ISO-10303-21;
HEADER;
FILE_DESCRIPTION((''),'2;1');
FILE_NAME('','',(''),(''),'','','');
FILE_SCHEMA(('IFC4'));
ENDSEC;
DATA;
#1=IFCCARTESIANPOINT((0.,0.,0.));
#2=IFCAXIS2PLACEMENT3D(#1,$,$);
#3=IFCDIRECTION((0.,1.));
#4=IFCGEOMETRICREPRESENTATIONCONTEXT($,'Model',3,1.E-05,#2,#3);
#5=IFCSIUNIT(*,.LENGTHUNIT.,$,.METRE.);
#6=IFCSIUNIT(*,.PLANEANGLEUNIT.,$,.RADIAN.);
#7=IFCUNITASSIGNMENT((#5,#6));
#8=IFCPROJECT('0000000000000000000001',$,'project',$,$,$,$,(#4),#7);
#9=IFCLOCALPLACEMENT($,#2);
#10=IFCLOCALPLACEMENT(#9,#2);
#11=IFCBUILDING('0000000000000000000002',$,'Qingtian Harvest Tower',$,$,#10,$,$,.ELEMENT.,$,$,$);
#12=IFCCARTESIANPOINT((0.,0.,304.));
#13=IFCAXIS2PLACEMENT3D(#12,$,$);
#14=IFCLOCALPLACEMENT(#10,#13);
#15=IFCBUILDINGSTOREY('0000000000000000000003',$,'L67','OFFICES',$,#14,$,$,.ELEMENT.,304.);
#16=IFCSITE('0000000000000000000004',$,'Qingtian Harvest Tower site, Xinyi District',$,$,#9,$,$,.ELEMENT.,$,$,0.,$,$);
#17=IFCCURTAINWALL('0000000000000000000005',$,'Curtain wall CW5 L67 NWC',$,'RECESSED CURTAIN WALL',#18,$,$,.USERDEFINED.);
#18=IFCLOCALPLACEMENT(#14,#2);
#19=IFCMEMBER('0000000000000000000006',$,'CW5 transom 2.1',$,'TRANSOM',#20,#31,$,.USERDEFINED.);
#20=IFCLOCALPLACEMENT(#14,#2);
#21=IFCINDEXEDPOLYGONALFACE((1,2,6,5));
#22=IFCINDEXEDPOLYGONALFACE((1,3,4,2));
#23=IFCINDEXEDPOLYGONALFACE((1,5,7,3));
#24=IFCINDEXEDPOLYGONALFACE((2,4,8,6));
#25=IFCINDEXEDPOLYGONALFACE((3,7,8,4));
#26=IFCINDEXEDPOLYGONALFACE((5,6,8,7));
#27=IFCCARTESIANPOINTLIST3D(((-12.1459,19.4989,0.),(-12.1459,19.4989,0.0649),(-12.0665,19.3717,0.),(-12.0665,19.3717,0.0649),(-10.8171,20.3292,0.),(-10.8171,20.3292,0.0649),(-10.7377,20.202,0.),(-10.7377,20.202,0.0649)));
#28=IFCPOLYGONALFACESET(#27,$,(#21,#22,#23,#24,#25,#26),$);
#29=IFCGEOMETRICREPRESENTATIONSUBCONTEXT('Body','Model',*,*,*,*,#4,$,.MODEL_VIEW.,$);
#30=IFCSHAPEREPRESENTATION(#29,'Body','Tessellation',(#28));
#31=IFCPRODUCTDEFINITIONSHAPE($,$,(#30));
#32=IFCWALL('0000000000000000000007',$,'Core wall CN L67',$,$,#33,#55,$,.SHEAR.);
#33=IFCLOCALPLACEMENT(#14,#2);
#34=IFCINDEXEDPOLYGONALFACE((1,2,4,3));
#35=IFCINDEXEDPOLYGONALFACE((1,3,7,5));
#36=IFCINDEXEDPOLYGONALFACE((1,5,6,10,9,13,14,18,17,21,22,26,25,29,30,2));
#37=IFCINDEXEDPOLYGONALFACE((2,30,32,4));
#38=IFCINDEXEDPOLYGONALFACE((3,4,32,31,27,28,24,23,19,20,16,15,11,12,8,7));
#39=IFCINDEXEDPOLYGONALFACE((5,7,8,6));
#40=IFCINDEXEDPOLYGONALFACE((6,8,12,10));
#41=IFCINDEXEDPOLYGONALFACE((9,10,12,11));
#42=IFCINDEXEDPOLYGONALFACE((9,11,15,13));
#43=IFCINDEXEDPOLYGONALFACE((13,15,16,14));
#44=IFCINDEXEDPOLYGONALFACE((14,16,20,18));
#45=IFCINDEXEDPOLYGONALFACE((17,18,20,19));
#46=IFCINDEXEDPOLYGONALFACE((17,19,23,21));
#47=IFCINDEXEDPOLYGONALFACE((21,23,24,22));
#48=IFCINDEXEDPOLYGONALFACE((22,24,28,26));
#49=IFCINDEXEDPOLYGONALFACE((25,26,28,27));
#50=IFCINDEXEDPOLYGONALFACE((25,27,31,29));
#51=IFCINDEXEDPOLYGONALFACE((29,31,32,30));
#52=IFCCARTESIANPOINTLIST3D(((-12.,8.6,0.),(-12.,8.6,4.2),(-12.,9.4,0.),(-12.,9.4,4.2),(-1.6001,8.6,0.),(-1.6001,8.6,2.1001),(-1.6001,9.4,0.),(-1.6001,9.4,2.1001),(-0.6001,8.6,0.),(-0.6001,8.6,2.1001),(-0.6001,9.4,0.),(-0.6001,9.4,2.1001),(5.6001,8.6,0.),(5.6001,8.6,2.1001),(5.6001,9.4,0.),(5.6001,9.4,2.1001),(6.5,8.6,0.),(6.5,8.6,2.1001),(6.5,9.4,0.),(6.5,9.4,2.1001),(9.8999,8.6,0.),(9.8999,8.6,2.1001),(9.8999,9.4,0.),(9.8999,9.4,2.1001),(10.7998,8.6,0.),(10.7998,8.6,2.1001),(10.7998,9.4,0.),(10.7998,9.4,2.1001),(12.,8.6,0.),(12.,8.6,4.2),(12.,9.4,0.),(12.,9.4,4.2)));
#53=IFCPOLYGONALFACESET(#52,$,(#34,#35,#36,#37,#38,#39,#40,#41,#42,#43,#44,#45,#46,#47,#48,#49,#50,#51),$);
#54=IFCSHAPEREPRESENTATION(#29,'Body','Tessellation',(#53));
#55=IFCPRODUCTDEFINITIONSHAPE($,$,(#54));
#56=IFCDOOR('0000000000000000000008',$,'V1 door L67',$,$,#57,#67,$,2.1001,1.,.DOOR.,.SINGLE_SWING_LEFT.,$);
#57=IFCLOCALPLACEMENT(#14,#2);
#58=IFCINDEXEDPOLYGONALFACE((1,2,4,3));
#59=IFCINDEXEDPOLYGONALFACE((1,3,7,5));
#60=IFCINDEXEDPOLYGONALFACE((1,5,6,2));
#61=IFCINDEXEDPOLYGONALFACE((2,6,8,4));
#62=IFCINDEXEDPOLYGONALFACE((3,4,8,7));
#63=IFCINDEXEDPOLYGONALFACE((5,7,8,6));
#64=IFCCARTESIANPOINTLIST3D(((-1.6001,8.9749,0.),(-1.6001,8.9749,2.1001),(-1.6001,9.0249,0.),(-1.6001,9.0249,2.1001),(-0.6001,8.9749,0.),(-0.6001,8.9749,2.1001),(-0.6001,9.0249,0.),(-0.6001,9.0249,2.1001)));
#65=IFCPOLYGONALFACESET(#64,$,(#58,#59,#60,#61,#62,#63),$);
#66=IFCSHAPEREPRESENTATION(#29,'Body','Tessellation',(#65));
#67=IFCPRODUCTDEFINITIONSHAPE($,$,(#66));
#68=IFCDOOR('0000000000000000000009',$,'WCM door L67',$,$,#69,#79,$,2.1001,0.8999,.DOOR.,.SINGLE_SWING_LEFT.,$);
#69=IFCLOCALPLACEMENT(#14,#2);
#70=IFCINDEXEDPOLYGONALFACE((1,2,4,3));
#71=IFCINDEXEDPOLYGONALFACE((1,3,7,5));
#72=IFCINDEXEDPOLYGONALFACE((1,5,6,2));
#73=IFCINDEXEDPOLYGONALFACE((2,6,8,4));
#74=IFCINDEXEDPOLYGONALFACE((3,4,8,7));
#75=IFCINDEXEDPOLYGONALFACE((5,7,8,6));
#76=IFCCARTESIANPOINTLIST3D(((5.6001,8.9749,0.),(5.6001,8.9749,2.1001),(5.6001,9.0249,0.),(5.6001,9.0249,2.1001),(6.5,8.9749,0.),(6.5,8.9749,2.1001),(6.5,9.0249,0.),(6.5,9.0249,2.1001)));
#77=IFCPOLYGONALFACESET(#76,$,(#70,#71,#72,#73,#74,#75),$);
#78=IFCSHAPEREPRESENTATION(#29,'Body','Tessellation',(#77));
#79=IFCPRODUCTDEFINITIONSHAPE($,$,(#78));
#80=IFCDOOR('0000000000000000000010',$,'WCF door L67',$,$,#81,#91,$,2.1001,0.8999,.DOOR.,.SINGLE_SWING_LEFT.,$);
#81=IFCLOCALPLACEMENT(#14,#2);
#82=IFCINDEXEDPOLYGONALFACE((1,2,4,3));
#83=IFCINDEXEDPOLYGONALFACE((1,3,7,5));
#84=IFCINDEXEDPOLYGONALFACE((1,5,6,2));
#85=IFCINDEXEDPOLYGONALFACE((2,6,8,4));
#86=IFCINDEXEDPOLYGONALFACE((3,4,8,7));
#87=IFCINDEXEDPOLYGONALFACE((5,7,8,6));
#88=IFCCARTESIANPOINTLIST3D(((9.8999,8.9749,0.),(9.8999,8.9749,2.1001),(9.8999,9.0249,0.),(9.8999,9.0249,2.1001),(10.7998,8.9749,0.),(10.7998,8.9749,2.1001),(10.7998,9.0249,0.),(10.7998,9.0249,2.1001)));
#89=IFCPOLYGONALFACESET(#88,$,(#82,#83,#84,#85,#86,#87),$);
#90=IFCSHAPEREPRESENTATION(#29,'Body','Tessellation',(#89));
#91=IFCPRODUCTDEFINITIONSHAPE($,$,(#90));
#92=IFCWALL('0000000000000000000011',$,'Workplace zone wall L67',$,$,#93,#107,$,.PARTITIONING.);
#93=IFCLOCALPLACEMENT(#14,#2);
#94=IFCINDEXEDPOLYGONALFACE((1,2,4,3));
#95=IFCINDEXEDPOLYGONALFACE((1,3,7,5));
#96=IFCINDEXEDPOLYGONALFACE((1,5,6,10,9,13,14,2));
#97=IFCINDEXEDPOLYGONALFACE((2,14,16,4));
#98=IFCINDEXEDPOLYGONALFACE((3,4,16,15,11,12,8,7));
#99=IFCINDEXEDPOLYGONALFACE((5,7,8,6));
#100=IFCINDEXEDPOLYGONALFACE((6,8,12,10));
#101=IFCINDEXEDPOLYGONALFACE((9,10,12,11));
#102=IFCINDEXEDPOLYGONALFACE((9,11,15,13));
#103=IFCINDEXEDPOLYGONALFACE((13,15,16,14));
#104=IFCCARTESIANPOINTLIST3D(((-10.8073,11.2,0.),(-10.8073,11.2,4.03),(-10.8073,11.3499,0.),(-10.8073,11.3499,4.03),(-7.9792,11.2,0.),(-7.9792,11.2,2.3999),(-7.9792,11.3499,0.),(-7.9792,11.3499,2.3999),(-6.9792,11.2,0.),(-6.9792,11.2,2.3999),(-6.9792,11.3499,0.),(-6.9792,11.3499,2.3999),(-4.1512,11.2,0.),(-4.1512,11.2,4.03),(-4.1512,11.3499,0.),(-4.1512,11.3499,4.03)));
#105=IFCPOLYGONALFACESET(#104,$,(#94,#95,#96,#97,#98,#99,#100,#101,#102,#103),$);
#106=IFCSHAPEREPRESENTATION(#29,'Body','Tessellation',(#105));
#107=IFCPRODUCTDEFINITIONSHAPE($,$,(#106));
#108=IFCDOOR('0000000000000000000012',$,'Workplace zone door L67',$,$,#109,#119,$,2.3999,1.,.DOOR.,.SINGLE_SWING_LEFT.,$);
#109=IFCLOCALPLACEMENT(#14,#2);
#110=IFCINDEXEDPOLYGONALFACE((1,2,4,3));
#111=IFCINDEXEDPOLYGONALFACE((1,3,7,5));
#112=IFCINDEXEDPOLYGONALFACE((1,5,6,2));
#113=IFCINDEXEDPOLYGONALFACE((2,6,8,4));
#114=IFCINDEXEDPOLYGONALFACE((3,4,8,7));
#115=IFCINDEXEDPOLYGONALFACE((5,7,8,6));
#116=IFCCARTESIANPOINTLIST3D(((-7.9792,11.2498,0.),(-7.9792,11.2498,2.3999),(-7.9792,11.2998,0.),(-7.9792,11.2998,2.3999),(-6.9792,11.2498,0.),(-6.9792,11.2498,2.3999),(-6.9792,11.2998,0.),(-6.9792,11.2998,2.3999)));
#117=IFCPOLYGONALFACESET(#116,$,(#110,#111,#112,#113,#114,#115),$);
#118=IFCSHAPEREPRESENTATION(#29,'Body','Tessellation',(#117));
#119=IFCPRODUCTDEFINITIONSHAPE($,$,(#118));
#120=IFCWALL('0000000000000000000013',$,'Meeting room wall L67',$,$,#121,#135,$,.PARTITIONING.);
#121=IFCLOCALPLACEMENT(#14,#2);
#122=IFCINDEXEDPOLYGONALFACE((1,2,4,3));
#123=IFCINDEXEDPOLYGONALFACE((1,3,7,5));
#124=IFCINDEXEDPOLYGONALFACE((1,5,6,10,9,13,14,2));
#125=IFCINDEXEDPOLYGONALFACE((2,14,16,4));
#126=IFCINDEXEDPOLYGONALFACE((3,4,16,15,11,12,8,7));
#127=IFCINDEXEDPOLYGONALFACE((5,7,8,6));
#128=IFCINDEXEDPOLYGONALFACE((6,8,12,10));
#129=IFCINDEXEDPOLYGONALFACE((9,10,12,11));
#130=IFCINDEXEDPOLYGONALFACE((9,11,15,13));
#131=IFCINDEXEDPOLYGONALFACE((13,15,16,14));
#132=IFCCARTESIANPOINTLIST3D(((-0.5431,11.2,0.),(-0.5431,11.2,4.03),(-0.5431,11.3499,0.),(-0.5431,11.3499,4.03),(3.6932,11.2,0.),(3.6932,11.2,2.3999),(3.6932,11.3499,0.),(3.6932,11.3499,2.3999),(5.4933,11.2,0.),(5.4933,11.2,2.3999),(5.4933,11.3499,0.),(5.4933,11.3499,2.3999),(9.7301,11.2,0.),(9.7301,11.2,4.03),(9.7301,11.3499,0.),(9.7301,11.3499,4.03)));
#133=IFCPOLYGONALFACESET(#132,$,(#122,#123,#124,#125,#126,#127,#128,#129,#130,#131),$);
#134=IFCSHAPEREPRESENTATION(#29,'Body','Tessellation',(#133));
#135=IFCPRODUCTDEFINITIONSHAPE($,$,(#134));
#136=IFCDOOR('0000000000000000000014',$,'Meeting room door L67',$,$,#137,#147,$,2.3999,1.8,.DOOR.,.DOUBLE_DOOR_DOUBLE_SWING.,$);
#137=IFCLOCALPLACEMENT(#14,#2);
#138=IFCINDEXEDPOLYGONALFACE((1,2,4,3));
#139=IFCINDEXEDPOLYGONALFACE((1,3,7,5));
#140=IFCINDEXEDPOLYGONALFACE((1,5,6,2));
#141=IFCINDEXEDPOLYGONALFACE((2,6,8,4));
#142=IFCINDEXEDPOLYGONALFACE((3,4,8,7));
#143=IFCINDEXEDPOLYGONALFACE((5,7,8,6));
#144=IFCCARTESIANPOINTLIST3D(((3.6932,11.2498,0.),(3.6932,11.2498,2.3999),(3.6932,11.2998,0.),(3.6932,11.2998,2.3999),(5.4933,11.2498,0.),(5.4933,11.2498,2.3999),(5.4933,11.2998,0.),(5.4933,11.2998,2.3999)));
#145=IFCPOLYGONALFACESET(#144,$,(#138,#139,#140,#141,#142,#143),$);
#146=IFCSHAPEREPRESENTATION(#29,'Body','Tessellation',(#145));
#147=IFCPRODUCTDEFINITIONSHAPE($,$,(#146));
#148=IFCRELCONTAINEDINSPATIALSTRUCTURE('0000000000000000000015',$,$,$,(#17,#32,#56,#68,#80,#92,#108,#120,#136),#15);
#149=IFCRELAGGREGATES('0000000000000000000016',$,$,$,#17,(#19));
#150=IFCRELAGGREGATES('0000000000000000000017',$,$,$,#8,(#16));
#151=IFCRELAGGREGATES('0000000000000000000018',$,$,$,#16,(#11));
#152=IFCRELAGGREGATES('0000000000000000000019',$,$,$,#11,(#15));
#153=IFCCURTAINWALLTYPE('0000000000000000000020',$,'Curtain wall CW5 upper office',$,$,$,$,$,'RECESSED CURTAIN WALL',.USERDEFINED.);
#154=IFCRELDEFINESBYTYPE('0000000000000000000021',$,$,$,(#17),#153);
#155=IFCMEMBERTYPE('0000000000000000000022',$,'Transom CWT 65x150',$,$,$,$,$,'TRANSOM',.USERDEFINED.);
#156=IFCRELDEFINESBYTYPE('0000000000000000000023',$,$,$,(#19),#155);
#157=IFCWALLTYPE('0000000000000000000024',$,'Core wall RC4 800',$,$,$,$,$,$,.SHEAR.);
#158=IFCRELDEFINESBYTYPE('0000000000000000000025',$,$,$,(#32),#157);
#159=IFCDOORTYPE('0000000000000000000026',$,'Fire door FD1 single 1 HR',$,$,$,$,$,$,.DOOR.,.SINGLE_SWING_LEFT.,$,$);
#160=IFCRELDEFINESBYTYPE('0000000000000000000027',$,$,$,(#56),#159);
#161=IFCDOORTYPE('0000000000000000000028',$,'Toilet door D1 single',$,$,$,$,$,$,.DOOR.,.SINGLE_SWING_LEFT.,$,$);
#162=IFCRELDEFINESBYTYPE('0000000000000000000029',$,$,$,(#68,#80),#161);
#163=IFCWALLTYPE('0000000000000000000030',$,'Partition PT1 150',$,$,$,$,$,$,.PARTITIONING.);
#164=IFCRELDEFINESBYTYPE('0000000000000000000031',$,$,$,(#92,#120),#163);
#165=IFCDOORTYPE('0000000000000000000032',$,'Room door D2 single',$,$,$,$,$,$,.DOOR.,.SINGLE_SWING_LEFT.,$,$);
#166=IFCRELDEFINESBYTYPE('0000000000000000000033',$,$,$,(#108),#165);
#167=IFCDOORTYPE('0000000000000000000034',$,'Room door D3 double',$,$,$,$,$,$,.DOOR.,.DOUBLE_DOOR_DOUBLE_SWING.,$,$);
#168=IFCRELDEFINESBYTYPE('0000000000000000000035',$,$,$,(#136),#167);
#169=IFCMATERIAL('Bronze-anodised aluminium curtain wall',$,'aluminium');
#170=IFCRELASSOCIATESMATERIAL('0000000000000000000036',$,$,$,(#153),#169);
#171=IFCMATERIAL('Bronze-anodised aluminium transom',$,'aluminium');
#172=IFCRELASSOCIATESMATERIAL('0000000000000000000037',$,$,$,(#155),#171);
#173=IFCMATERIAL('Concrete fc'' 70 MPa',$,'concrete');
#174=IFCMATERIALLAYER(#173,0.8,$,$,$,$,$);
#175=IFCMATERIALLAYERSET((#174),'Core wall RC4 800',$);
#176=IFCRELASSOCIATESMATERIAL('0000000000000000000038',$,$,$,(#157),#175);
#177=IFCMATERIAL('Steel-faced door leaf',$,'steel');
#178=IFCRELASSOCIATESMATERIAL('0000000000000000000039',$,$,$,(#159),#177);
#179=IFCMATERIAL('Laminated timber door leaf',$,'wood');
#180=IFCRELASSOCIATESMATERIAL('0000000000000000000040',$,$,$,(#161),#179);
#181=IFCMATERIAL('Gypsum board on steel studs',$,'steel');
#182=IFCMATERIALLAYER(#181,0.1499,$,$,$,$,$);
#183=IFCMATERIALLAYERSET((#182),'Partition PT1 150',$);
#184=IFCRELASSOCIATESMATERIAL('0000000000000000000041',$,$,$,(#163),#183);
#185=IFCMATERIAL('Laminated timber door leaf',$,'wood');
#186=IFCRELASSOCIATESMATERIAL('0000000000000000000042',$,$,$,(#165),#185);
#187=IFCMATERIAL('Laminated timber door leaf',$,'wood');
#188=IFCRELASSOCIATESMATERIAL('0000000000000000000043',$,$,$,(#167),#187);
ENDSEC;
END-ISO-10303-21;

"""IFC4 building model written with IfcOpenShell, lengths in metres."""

from ifc_helpers import new_model, si_unit, direction, frame, frame_2d, origin, origin_2d, place, context, subcontext, project, spatial, rectangle, extrude, material, layer, layer_set, material_profile, profile_set, type_object, element, fill, aggregate, save


model = new_model("IFC4")

# Units and contexts
model_context = context("Model", 3, precision=1e-05, world=origin(), true_north=direction((0.0, 1.0)))
body_context = subcontext(model_context, "Body", "Model", "MODEL_VIEW")
ifc_project = project(units=[si_unit("LENGTHUNIT", "METRE"), si_unit("PLANEANGLEUNIT", "RADIAN")], contexts=[model_context])

# Site, building, storey
site_placement = place(None, origin())
site = spatial("IfcSite", under=ifc_project, at=site_placement, Name="Qingtian Harvest Tower site, Xinyi District", CompositionType="ELEMENT", RefElevation=0.0)
building_placement = place(site_placement, origin())
building = spatial("IfcBuilding", under=site, at=building_placement, Name="Qingtian Harvest Tower", CompositionType="ELEMENT")
storey_placement = place(building_placement, frame((0.0, 0.0, 304.0)))
storey = spatial("IfcBuildingStorey", under=building, at=storey_placement, Name="L67", Description="OFFICES", CompositionType="ELEMENT", Elevation=304.0)

# Curtain wall, member
ifc_material_1 = material(Name="Bronze-anodised aluminium curtain wall", Category="aluminium")
curtain_wall_type = type_object("IfcCurtainWallType", Name="Curtain wall CW5 upper office", ElementType="RECESSED CURTAIN WALL", PredefinedType="USERDEFINED", material=ifc_material_1)
curtain_wall_placement = place(storey_placement, origin())
curtain_wall = element("IfcCurtainWall", 1, at=curtain_wall_placement, inside=storey, type_object=curtain_wall_type, Name="Curtain wall CW5 L67 NWC", ObjectType="RECESSED CURTAIN WALL", PredefinedType="USERDEFINED")
ifc_material_2 = material(Name="Bronze-anodised aluminium transom", Category="aluminium")
ifc_material_profile = material_profile(ifc_material_2, rectangle(XDim=0.1499, YDim=0.0649, at=origin_2d()), Name="AL 65x150")
ifc_profile_set = profile_set([ifc_material_profile], Name="Bronze-anodised aluminium transom")
member_type = type_object("IfcMemberType", Name="Transom CWT 65x150", ElementType="TRANSOM", PredefinedType="USERDEFINED", material=ifc_profile_set)
member_placement = place(storey_placement, frame((-12.1062, 19.4353, 0.0325), z_axis=(0.84806, 0.529901, 0.0), x_axis=(-0.529901, 0.84806, 0.0)))
member = element("IfcMember", 2, at=member_placement, type_object=member_type, Name="CW5 transom 2.1", ObjectType="TRANSOM", PredefinedType="USERDEFINED", context=body_context, shape_type="SweptSolid", body=[
    extrude(rectangle(XDim=0.1499, YDim=0.0649, at=origin_2d()), origin(), (0.0, 0.0, 1.0), 1.5669),
])
aggregate(curtain_wall, [member])

# Wall, openings, doors
ifc_material_3 = material(Name="Concrete fc' 70 MPa", Category="concrete")
ifc_layer_1 = layer(ifc_material_3, 0.8)
ifc_layer_set_1 = layer_set([ifc_layer_1], Name="Core wall RC4 800")
wall_type_1 = type_object("IfcWallType", Name="Core wall RC4 800", PredefinedType="SHEAR", material=ifc_layer_set_1)
wall_1_placement = place(storey_placement, frame((-12.0, 9.0, 0.0), z_axis=(0.0, 0.0, 1.0), x_axis=(1.0, 0.0, 0.0)))
wall_1 = element("IfcWall", 3, at=wall_1_placement, inside=storey, type_object=wall_type_1, Name="Core wall CN L67", PredefinedType="SHEAR", context=body_context, shape_type="SweptSolid", body=[
    extrude(rectangle(XDim=24.0, YDim=0.8, at=frame_2d((12.0, 0.0))), origin(), (0.0, 0.0, 1.0), 4.2),
])
opening_1_placement = place(wall_1_placement, frame((10.3999, 0.0, 0.0)))
opening_1 = element("IfcOpeningElement", 4, at=opening_1_placement, cuts=wall_1, PredefinedType="OPENING", context=body_context, shape_type="SweptSolid", body=[
    extrude(rectangle(XDim=1.0, YDim=2.1001, at=frame_2d((0.5, 1.05))), frame((0.0, 0.4099, 0.0), z_axis=(0.0, -1.0, 0.0), x_axis=(1.0, 0.0, 0.0)), (0.0, 0.0, 1.0), 0.8201),
])
opening_2_placement = place(wall_1_placement, frame((17.6001, 0.0, 0.0)))
opening_2 = element("IfcOpeningElement", 5, at=opening_2_placement, cuts=wall_1, PredefinedType="OPENING", context=body_context, shape_type="SweptSolid", body=[
    extrude(rectangle(XDim=0.8999, YDim=2.1001, at=frame_2d((0.45, 1.05))), frame((0.0, 0.4099, 0.0), z_axis=(0.0, -1.0, 0.0), x_axis=(1.0, 0.0, 0.0)), (0.0, 0.0, 1.0), 0.8201),
])
opening_3_placement = place(wall_1_placement, frame((21.8999, 0.0, 0.0)))
opening_3 = element("IfcOpeningElement", 6, at=opening_3_placement, cuts=wall_1, PredefinedType="OPENING", context=body_context, shape_type="SweptSolid", body=[
    extrude(rectangle(XDim=0.8999, YDim=2.1001, at=frame_2d((0.45, 1.05))), frame((0.0, 0.4099, 0.0), z_axis=(0.0, -1.0, 0.0), x_axis=(1.0, 0.0, 0.0)), (0.0, 0.0, 1.0), 0.8201),
])
ifc_material_4 = material(Name="Steel-faced door leaf", Category="steel")
door_type_1 = type_object("IfcDoorType", Name="Fire door FD1 single 1 HR", OperationType="SINGLE_SWING_LEFT", PredefinedType="DOOR", material=ifc_material_4)
door_1_placement = place(opening_1_placement, origin())
door_1 = element("IfcDoor", 7, at=door_1_placement, inside=storey, type_object=door_type_1, Name="V1 door L67", OperationType="SINGLE_SWING_LEFT", OverallHeight=2.1001, OverallWidth=1.0, PredefinedType="DOOR", context=body_context, shape_type="SweptSolid", body=[
    extrude(rectangle(XDim=1.0, YDim=2.1001, at=frame_2d((0.5, 1.05))), frame((0.0, 0.0249, 0.0), z_axis=(0.0, -1.0, 0.0), x_axis=(1.0, 0.0, 0.0)), (0.0, 0.0, 1.0), 0.05),
])
fill(opening_1, door_1)
ifc_material_5 = material(Name="Laminated timber door leaf", Category="wood")
door_type_2 = type_object("IfcDoorType", Name="Toilet door D1 single", OperationType="SINGLE_SWING_LEFT", PredefinedType="DOOR", material=ifc_material_5)
door_2_placement = place(opening_2_placement, origin())
door_2 = element("IfcDoor", 8, at=door_2_placement, inside=storey, type_object=door_type_2, Name="WCM door L67", OperationType="SINGLE_SWING_LEFT", OverallHeight=2.1001, OverallWidth=0.8999, PredefinedType="DOOR", context=body_context, shape_type="SweptSolid", body=[
    extrude(rectangle(XDim=0.8999, YDim=2.1001, at=frame_2d((0.45, 1.05))), frame((0.0, 0.0249, 0.0), z_axis=(0.0, -1.0, 0.0), x_axis=(1.0, 0.0, 0.0)), (0.0, 0.0, 1.0), 0.05),
])
fill(opening_2, door_2)
door_3_placement = place(opening_3_placement, origin())
door_3 = element("IfcDoor", 9, at=door_3_placement, inside=storey, type_object=door_type_2, Name="WCF door L67", OperationType="SINGLE_SWING_LEFT", OverallHeight=2.1001, OverallWidth=0.8999, PredefinedType="DOOR", context=body_context, shape_type="SweptSolid", body=[
    extrude(rectangle(XDim=0.8999, YDim=2.1001, at=frame_2d((0.45, 1.05))), frame((0.0, 0.0249, 0.0), z_axis=(0.0, -1.0, 0.0), x_axis=(1.0, 0.0, 0.0)), (0.0, 0.0, 1.0), 0.05),
])
fill(opening_3, door_3)

# Walls, openings, doors
ifc_material_6 = material(Name="Gypsum board on steel studs", Category="steel")
ifc_layer_2 = layer(ifc_material_6, 0.1499)
ifc_layer_set_2 = layer_set([ifc_layer_2], Name="Partition PT1 150")
wall_type_2 = type_object("IfcWallType", Name="Partition PT1 150", PredefinedType="PARTITIONING", material=ifc_layer_set_2)
wall_2_placement = place(storey_placement, frame((-10.8074, 11.2749, 0.0), z_axis=(0.0, 0.0, 1.0), x_axis=(1.0, 0.0, 0.0)))
wall_2 = element("IfcWall", 10, at=wall_2_placement, inside=storey, type_object=wall_type_2, Name="Workplace zone wall L67", PredefinedType="PARTITIONING", context=body_context, shape_type="SweptSolid", body=[
    extrude(rectangle(XDim=6.656, YDim=0.1499, at=frame_2d((3.3281, 0.0))), origin(), (0.0, 0.0, 1.0), 4.03),
])
opening_4_placement = place(wall_2_placement, frame((2.8281, 0.0, 0.0)))
opening_4 = element("IfcOpeningElement", 11, at=opening_4_placement, cuts=wall_2, PredefinedType="OPENING", context=body_context, shape_type="SweptSolid", body=[
    extrude(rectangle(XDim=1.0, YDim=2.3999, at=frame_2d((0.5, 1.2))), frame((0.0, 0.085, 0.0), z_axis=(0.0, -1.0, 0.0), x_axis=(1.0, 0.0, 0.0)), (0.0, 0.0, 1.0), 0.1699),
])
ifc_material_7 = material(Name="Laminated timber door leaf", Category="wood")
door_type_3 = type_object("IfcDoorType", Name="Room door D2 single", OperationType="SINGLE_SWING_LEFT", PredefinedType="DOOR", material=ifc_material_7)
door_4_placement = place(opening_4_placement, origin())
door_4 = element("IfcDoor", 12, at=door_4_placement, inside=storey, type_object=door_type_3, Name="Workplace zone door L67", OperationType="SINGLE_SWING_LEFT", OverallHeight=2.3999, OverallWidth=1.0, PredefinedType="DOOR", context=body_context, shape_type="SweptSolid", body=[
    extrude(rectangle(XDim=1.0, YDim=2.3999, at=frame_2d((0.5, 1.2))), frame((0.0, 0.0249, 0.0), z_axis=(0.0, -1.0, 0.0), x_axis=(1.0, 0.0, 0.0)), (0.0, 0.0, 1.0), 0.05),
])
fill(opening_4, door_4)
wall_3_placement = place(storey_placement, frame((-0.5432, 11.2749, 0.0), z_axis=(0.0, 0.0, 1.0), x_axis=(1.0, 0.0, 0.0)))
wall_3 = element("IfcWall", 13, at=wall_3_placement, inside=storey, type_object=wall_type_2, Name="Meeting room wall L67", PredefinedType="PARTITIONING", context=body_context, shape_type="SweptSolid", body=[
    extrude(rectangle(XDim=10.2732, YDim=0.1499, at=frame_2d((5.1367, 0.0))), origin(), (0.0, 0.0, 1.0), 4.03),
])
opening_5_placement = place(wall_3_placement, frame((4.2366, 0.0, 0.0)))
opening_5 = element("IfcOpeningElement", 14, at=opening_5_placement, cuts=wall_3, PredefinedType="OPENING", context=body_context, shape_type="SweptSolid", body=[
    extrude(rectangle(XDim=1.8, YDim=2.3999, at=frame_2d((0.8999, 1.2))), frame((0.0, 0.085, 0.0), z_axis=(0.0, -1.0, 0.0), x_axis=(1.0, 0.0, 0.0)), (0.0, 0.0, 1.0), 0.1699),
])
ifc_material_8 = material(Name="Laminated timber door leaf", Category="wood")
door_type_4 = type_object("IfcDoorType", Name="Room door D3 double", OperationType="DOUBLE_DOOR_DOUBLE_SWING", PredefinedType="DOOR", material=ifc_material_8)
door_5_placement = place(opening_5_placement, origin())
door_5 = element("IfcDoor", 15, at=door_5_placement, inside=storey, type_object=door_type_4, Name="Meeting room door L67", OperationType="DOUBLE_DOOR_DOUBLE_SWING", OverallHeight=2.3999, OverallWidth=1.8, PredefinedType="DOOR", context=body_context, shape_type="SweptSolid", body=[
    extrude(rectangle(XDim=1.8, YDim=2.3999, at=frame_2d((0.8999, 1.2))), frame((0.0, 0.0249, 0.0), z_axis=(0.0, -1.0, 0.0), x_axis=(1.0, 0.0, 0.0)), (0.0, 0.0, 1.0), 0.05),
])
fill(opening_5, door_5)

save(model, "model.ifc")
